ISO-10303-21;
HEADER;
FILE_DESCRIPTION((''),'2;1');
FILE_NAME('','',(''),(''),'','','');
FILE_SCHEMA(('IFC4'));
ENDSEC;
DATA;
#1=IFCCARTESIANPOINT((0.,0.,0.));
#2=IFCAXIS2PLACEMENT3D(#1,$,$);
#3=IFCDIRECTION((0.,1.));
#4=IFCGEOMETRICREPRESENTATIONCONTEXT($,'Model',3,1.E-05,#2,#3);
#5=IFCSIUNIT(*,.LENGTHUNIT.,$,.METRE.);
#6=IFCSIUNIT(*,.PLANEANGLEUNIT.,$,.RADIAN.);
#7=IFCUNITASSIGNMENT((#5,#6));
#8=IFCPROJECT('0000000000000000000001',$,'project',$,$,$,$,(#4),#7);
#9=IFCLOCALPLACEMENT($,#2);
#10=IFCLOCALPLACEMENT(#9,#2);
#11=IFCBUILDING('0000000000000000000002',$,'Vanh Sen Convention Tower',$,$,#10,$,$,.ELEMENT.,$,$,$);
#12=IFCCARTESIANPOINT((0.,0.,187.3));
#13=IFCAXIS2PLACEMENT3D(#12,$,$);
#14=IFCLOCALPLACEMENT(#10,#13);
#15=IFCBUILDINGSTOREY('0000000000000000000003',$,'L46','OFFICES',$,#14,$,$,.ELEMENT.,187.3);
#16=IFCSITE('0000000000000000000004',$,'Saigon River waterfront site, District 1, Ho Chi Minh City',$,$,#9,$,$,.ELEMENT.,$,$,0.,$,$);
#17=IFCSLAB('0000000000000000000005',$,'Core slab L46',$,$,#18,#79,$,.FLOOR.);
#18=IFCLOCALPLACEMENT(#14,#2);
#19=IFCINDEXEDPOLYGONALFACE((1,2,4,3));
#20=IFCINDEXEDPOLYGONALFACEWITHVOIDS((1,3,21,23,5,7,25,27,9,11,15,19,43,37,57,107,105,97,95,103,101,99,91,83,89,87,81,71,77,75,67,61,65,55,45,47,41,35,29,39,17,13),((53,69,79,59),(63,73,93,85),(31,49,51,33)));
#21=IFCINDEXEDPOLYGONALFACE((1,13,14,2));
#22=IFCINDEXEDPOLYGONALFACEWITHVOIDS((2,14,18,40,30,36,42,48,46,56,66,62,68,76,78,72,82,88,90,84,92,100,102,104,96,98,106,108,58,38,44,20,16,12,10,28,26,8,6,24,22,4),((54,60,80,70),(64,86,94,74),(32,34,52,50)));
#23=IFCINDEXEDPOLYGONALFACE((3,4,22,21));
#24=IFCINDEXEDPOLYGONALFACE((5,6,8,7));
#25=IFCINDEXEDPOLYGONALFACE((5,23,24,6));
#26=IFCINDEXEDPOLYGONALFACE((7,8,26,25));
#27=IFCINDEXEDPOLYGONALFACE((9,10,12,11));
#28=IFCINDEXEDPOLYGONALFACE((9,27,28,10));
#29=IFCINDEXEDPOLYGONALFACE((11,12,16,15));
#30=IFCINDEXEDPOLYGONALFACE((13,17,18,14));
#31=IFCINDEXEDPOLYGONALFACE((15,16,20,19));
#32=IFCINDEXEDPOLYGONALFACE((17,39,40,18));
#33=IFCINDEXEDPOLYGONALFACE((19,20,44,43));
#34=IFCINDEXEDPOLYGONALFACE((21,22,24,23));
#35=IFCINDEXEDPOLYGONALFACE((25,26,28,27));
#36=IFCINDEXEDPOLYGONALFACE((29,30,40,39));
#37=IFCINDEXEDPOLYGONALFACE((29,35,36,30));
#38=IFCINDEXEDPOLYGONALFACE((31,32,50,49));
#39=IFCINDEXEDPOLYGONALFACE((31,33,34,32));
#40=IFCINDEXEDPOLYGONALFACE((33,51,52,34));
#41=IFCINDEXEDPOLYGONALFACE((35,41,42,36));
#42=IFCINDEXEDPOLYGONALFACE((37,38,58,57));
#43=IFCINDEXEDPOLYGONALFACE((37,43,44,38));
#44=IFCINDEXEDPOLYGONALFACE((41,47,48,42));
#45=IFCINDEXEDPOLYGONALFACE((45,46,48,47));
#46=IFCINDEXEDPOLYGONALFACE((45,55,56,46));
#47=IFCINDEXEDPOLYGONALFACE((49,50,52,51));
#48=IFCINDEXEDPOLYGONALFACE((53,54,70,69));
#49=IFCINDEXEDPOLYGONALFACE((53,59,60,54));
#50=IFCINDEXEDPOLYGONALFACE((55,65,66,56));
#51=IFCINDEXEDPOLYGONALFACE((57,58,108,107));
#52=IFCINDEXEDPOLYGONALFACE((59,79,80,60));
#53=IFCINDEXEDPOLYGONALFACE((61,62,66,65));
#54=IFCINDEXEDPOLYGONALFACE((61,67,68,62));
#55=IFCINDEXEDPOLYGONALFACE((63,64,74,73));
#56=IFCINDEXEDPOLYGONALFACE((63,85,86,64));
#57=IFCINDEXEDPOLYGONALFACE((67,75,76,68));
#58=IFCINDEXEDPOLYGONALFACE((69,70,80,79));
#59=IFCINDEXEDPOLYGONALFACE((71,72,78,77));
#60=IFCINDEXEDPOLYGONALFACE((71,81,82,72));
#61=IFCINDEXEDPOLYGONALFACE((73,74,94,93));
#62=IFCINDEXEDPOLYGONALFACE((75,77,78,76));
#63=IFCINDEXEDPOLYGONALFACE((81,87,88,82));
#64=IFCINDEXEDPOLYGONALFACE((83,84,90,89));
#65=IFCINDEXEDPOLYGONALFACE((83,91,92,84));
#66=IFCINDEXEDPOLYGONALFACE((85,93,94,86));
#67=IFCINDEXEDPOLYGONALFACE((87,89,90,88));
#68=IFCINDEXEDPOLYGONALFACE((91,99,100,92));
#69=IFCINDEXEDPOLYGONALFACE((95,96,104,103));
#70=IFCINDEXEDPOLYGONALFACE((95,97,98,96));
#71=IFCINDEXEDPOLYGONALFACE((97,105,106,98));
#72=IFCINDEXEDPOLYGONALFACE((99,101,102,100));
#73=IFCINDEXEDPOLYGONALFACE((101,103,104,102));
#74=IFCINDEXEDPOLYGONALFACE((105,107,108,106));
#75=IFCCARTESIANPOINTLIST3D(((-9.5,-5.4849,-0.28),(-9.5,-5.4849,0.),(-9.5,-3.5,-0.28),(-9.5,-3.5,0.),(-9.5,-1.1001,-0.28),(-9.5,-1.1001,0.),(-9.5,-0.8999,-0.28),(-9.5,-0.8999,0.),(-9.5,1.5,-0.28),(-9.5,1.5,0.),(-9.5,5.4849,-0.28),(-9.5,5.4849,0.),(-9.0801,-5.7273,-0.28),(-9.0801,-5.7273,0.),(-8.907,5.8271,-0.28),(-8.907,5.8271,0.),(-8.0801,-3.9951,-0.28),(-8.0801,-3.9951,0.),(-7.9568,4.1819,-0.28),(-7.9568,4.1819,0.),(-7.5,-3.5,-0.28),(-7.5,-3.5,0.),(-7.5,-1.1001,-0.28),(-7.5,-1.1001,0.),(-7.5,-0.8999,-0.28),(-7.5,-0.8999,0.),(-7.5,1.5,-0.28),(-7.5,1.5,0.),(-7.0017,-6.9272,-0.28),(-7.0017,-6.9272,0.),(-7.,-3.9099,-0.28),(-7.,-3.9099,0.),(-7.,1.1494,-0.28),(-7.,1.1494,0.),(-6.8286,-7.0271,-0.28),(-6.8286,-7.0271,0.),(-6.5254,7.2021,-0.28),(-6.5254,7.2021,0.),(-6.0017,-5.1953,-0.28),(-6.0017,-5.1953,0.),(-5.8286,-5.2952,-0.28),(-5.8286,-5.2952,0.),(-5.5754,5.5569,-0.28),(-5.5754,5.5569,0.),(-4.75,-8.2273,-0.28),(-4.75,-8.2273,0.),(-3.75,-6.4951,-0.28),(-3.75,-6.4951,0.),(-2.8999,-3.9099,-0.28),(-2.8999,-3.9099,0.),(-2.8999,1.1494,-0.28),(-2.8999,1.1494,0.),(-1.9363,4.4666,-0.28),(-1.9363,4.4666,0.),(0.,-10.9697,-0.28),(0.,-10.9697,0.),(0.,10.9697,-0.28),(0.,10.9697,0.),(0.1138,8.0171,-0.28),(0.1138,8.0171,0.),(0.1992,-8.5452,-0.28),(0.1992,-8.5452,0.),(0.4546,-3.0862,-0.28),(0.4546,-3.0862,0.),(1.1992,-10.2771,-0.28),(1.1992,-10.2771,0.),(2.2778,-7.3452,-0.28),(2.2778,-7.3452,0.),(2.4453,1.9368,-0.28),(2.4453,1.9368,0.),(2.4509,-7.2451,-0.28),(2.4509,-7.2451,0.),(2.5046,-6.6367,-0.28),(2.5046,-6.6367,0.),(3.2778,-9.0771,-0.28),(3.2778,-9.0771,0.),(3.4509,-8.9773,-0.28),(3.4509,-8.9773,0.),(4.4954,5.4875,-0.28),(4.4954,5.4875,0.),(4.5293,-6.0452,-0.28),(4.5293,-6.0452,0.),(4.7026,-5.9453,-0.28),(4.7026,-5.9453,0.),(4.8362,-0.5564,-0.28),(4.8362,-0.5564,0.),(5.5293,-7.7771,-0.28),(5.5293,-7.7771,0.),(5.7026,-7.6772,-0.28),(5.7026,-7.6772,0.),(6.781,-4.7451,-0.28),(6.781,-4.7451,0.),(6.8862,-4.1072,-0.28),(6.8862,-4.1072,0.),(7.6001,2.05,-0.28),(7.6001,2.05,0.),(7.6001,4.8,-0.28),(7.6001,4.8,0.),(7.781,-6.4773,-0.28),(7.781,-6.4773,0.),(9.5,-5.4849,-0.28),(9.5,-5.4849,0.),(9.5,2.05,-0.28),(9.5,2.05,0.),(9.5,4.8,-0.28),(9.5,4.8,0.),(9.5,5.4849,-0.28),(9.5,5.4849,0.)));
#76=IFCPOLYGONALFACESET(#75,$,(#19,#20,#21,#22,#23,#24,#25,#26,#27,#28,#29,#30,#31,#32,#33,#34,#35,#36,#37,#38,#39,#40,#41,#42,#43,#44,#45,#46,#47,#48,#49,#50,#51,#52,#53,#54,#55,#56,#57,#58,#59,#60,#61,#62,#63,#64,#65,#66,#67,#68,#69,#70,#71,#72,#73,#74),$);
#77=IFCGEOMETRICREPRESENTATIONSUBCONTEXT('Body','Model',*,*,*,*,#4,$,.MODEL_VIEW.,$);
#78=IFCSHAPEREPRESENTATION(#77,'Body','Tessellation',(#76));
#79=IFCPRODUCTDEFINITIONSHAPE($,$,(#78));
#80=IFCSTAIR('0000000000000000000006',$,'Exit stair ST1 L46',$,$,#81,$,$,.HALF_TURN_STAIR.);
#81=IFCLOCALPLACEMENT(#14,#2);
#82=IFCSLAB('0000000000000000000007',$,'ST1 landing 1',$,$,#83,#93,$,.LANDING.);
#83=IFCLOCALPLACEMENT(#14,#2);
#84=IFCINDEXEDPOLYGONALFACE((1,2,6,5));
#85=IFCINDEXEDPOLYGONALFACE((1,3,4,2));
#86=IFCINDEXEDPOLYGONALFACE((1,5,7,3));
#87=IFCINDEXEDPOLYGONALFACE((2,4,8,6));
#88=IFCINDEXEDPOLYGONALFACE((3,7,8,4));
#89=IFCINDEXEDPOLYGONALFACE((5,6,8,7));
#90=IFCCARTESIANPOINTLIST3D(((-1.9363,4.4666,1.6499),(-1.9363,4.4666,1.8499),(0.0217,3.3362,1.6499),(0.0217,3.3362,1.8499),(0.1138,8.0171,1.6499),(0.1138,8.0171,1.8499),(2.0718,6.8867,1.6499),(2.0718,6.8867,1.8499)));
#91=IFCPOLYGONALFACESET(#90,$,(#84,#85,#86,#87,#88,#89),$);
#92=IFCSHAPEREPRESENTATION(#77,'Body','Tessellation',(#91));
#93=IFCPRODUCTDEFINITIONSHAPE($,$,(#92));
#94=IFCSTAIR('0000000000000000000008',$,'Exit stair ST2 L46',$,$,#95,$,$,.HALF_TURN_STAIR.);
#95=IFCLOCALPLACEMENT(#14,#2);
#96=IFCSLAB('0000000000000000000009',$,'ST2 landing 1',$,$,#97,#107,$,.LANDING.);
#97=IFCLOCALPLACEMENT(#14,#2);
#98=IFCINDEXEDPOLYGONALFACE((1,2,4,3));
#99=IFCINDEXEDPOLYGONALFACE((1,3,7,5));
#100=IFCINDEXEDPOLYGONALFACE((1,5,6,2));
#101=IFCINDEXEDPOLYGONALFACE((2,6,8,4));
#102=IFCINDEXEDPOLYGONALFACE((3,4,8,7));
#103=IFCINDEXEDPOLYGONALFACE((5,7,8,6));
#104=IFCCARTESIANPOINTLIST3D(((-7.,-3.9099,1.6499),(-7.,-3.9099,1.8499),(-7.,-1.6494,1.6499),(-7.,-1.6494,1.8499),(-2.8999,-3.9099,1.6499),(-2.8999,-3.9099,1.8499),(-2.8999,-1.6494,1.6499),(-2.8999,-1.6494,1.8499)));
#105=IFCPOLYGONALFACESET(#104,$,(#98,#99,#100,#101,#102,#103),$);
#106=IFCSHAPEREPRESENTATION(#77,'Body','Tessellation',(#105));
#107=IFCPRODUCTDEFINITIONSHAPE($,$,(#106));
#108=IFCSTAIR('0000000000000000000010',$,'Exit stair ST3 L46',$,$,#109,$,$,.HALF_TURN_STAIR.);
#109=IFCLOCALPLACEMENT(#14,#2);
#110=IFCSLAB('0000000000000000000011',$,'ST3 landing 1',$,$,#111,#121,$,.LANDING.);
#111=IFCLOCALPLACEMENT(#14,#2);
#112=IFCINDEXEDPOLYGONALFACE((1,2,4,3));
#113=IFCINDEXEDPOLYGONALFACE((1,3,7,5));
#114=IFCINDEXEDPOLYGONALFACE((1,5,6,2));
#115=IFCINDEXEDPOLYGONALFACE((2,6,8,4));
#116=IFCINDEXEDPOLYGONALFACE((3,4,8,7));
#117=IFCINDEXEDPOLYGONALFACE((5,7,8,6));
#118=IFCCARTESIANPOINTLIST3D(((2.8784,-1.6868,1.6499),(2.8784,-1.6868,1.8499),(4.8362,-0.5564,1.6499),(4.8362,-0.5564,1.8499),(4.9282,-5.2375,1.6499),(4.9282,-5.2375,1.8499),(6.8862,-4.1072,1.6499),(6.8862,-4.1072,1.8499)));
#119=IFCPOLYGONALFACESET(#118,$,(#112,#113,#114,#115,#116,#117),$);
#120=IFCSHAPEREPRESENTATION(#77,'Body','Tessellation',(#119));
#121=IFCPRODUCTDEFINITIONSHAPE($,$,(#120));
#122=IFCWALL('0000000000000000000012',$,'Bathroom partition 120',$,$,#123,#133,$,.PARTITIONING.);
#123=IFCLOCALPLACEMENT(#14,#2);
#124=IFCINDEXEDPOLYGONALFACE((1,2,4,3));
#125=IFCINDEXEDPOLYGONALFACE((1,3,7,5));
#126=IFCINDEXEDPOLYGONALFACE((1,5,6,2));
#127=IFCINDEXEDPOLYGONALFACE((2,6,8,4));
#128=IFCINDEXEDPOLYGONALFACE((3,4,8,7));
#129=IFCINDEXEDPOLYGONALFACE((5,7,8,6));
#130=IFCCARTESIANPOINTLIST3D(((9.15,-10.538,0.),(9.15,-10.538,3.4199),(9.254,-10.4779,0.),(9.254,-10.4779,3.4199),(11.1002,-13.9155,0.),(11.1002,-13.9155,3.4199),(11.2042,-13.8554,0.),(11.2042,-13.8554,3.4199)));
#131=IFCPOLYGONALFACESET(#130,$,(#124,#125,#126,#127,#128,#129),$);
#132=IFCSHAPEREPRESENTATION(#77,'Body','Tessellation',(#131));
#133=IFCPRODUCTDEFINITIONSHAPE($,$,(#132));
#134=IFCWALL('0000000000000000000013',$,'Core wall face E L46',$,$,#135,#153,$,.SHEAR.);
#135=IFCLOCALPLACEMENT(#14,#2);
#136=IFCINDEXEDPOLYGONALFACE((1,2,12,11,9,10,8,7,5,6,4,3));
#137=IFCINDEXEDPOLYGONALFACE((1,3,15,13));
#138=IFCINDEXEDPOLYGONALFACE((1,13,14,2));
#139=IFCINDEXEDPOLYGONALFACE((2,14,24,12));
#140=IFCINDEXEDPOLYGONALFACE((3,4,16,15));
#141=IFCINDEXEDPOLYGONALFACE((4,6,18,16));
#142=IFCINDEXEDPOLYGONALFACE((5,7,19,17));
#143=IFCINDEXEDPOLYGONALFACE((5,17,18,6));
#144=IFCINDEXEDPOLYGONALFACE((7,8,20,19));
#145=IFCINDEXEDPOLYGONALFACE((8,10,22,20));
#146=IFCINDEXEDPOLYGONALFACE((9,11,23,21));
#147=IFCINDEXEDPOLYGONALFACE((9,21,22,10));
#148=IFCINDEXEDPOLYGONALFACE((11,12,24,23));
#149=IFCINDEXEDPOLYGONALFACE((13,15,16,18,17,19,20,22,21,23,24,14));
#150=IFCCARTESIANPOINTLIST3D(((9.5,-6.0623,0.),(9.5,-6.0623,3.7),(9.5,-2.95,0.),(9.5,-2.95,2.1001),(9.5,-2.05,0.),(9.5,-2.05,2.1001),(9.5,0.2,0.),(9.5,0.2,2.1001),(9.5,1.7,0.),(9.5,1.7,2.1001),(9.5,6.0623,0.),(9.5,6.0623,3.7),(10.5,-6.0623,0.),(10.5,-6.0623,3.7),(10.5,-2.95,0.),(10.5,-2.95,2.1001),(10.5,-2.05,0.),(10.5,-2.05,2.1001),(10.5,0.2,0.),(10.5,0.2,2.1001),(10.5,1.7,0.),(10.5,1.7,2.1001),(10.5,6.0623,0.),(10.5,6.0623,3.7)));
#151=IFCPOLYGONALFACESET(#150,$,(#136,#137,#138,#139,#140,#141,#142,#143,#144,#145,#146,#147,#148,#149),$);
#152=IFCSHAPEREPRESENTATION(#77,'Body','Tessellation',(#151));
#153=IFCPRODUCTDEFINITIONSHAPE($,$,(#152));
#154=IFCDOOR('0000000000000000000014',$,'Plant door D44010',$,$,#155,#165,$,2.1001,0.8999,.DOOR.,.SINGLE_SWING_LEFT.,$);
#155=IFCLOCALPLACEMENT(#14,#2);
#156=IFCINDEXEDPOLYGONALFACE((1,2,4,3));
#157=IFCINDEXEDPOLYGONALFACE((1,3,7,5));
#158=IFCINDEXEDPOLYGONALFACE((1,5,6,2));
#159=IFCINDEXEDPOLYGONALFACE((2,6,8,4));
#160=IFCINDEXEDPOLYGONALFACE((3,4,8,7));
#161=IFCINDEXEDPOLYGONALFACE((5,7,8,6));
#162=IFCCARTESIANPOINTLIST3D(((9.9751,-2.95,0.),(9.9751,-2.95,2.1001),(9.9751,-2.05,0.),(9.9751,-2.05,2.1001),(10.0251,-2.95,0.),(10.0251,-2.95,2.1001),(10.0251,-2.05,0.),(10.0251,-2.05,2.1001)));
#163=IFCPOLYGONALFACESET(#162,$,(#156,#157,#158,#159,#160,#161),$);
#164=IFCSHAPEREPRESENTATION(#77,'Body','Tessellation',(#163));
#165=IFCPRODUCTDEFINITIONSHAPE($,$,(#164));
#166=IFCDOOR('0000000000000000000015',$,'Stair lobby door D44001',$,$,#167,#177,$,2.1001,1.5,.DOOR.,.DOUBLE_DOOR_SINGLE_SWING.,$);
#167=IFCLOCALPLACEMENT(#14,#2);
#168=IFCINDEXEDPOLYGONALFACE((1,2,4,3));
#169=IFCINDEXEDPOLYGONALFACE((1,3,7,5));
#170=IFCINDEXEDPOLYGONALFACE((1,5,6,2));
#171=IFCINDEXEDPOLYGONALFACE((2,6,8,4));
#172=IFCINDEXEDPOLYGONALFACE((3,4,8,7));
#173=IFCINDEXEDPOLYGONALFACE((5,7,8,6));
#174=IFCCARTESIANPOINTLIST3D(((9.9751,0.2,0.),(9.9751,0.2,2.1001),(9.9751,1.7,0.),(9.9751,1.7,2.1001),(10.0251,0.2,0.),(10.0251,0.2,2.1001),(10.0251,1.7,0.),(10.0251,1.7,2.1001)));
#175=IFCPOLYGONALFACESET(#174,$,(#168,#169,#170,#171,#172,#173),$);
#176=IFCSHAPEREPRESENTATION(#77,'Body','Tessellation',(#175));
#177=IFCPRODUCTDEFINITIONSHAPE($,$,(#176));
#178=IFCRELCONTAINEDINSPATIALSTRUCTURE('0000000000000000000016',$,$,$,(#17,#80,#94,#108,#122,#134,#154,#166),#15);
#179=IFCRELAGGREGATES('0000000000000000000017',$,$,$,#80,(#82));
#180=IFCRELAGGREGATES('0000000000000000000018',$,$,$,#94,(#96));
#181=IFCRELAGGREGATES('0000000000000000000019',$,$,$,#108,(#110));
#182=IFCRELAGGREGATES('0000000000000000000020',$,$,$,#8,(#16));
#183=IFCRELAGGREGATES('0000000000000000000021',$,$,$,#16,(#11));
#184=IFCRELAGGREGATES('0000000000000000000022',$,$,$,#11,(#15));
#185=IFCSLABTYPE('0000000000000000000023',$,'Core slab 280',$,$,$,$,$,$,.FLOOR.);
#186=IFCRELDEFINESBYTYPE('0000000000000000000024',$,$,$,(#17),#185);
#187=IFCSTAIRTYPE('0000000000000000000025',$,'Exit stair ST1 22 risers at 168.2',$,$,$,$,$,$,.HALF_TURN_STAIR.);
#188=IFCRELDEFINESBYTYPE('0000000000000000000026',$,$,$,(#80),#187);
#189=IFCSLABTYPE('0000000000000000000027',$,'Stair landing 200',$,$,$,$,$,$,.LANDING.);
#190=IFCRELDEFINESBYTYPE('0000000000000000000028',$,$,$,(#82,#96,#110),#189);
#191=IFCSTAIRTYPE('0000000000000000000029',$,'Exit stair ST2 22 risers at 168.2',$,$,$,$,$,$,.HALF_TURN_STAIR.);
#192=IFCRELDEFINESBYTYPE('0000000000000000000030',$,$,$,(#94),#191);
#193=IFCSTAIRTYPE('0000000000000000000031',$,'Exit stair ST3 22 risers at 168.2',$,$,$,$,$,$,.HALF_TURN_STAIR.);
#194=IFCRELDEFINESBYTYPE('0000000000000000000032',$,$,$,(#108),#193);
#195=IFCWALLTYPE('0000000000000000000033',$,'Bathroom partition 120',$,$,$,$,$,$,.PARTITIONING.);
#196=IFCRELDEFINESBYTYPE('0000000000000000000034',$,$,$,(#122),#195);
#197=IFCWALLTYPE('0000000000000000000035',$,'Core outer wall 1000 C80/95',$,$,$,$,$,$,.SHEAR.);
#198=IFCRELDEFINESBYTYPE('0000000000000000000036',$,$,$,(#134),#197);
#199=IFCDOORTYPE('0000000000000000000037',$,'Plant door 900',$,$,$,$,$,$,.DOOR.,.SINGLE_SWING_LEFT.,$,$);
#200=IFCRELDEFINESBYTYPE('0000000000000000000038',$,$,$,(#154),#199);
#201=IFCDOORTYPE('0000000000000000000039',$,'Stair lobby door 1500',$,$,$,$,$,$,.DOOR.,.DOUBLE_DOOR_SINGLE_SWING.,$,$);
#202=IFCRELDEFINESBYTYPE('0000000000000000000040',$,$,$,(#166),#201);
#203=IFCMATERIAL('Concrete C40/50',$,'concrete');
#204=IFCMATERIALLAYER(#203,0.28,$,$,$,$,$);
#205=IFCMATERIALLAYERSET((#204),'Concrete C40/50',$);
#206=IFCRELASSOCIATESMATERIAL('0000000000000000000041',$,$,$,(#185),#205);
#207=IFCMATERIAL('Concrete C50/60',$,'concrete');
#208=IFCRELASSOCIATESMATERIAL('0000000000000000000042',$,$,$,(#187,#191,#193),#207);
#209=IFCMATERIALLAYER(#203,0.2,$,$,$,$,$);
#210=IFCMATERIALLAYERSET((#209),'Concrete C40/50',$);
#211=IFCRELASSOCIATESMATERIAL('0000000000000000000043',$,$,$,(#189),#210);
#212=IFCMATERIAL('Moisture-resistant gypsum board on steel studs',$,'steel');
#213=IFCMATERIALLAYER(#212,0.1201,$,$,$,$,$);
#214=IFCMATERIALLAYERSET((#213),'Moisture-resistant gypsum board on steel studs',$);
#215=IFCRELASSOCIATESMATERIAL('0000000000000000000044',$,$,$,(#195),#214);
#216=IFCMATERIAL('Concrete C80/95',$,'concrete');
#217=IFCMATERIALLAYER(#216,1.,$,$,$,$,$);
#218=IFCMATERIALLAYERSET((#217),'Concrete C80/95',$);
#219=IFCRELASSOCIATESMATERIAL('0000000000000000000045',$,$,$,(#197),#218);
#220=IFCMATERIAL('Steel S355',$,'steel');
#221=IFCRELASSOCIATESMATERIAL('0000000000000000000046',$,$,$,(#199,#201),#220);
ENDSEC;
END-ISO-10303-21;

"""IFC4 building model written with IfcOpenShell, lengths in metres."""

from ifc_helpers import new_model, si_unit, direction, frame, frame_2d, origin, place, context, subcontext, project, spatial, polyline, rectangle, outline, extrude, material, layer, layer_set, type_object, element, fill, aggregate, save


model = new_model("IFC4")

# Units and contexts
model_context = context("Model", 3, precision=1e-05, world=origin(), true_north=direction((0.0, 1.0)))
body_context = subcontext(model_context, "Body", "Model", "MODEL_VIEW")
ifc_project = project(units=[si_unit("LENGTHUNIT", "METRE"), si_unit("PLANEANGLEUNIT", "RADIAN")], contexts=[model_context])

# Site, building, storey
site_placement = place(None, origin())
site = spatial("IfcSite", under=ifc_project, at=site_placement, Name="Saigon River waterfront site, District 1, Ho Chi Minh City", CompositionType="ELEMENT", RefElevation=0.0)
building_placement = place(site_placement, origin())
building = spatial("IfcBuilding", under=site, at=building_placement, Name="Vanh Sen Convention Tower", CompositionType="ELEMENT")
storey_placement = place(building_placement, frame((0.0, 0.0, 187.3)))
storey = spatial("IfcBuildingStorey", under=building, at=storey_placement, Name="L46", Description="OFFICES", CompositionType="ELEMENT", Elevation=187.3)

# Slab
ifc_material_1 = material(Name="Concrete C40/50", Category="concrete")
ifc_layer_1 = layer(ifc_material_1, 0.28)
ifc_layer_set_1 = layer_set([ifc_layer_1], Name="Concrete C40/50")
slab_type_1 = type_object("IfcSlabType", Name="Core slab 280", PredefinedType="FLOOR", material=ifc_layer_set_1)
slab_1_placement = place(storey_placement, frame((0.0, 0.0, -0.28)))
element("IfcSlab", 1, at=slab_1_placement, inside=storey, type_object=slab_type_1, Name="Core slab L46", PredefinedType="FLOOR", context=body_context, shape_type="SweptSolid", body=[
    extrude(outline(polyline([(0.0, 10.9697), (9.5, 5.4849), (9.5, 4.8), (7.6001, 4.8), (7.6001, 2.05), (9.5, 2.05), (9.5, -5.4849), (7.781, -6.4773), (6.781, -4.7451), (4.7026, -5.9453), (5.7026, -7.6772), (5.5293, -7.7771), (4.5293, -6.0452), (2.4509, -7.2451), (3.4509, -8.9773), (3.2778, -9.0771), (2.2778, -7.3452), (0.1992, -8.5452), (1.1992, -10.2771), (0.0, -10.9697), (-4.75, -8.2273), (-3.75, -6.4951), (-5.8286, -5.2952), (-6.8286, -7.0271), (-7.0017, -6.9272), (-6.0017, -5.1953), (-8.0801, -3.9951), (-9.0801, -5.7273), (-9.5, -5.4849), (-9.5, -3.5), (-7.5, -3.5), (-7.5, -1.1001), (-9.5, -1.1001), (-9.5, -0.8999), (-7.5, -0.8999), (-7.5, 1.5), (-9.5, 1.5), (-9.5, 5.4849), (-8.907, 5.8271), (-7.9568, 4.1819), (-5.5754, 5.5569), (-6.5254, 7.2021), (0.0, 10.9697)]), holes=[polyline([(-7.0, 1.1494), (-7.0, -3.9099), (-2.8999, -3.9099), (-2.8999, 1.1494), (-7.0, 1.1494)]), polyline([(2.5046, -6.6367), (6.8862, -4.1072), (4.8362, -0.5564), (0.4546, -3.0862), (2.5046, -6.6367)]), polyline([(0.1138, 8.0171), (-1.9363, 4.4666), (2.4453, 1.9368), (4.4954, 5.4875), (0.1138, 8.0171)])]), origin(), (0.0, 0.0, 1.0), 0.28),
])

# Stairs, slabs
ifc_material_2 = material(Name="Concrete C50/60", Category="concrete")
stair_type_1 = type_object("IfcStairType", Name="Exit stair ST1 22 risers at 168.2", PredefinedType="HALF_TURN_STAIR", material=ifc_material_2)
stair_1_placement = place(storey_placement, origin())
stair_1 = element("IfcStair", 2, at=stair_1_placement, inside=storey, type_object=stair_type_1, Name="Exit stair ST1 L46", PredefinedType="HALF_TURN_STAIR")
ifc_layer_2 = layer(ifc_material_1, 0.2)
ifc_layer_set_2 = layer_set([ifc_layer_2], Name="Concrete C40/50")
slab_type_2 = type_object("IfcSlabType", Name="Stair landing 200", PredefinedType="LANDING", material=ifc_layer_set_2)
slab_2_placement = place(storey_placement, frame((0.0, 0.0, 1.6499)))
slab_2 = element("IfcSlab", 3, at=slab_2_placement, type_object=slab_type_2, Name="ST1 landing 1", PredefinedType="LANDING", context=body_context, shape_type="SweptSolid", body=[
    extrude(outline(polyline([(2.0718, 6.8867), (0.1138, 8.0171), (-1.9363, 4.4666), (0.0217, 3.3362), (2.0718, 6.8867)])), origin(), (0.0, 0.0, 1.0), 0.2),
])
aggregate(stair_1, [slab_2])
stair_type_2 = type_object("IfcStairType", Name="Exit stair ST2 22 risers at 168.2", PredefinedType="HALF_TURN_STAIR", material=ifc_material_2)
stair_2_placement = place(storey_placement, origin())
stair_2 = element("IfcStair", 4, at=stair_2_placement, inside=storey, type_object=stair_type_2, Name="Exit stair ST2 L46", PredefinedType="HALF_TURN_STAIR")
slab_3_placement = place(storey_placement, frame((0.0, 0.0, 1.6499)))
slab_3 = element("IfcSlab", 5, at=slab_3_placement, type_object=slab_type_2, Name="ST2 landing 1", PredefinedType="LANDING", context=body_context, shape_type="SweptSolid", body=[
    extrude(outline(polyline([(-7.0, -1.6494), (-7.0, -3.9099), (-2.8999, -3.9099), (-2.8999, -1.6494), (-7.0, -1.6494)])), origin(), (0.0, 0.0, 1.0), 0.2),
])
aggregate(stair_2, [slab_3])
stair_type_3 = type_object("IfcStairType", Name="Exit stair ST3 22 risers at 168.2", PredefinedType="HALF_TURN_STAIR", material=ifc_material_2)
stair_3_placement = place(storey_placement, origin())
stair_3 = element("IfcStair", 6, at=stair_3_placement, inside=storey, type_object=stair_type_3, Name="Exit stair ST3 L46", PredefinedType="HALF_TURN_STAIR")
slab_4_placement = place(storey_placement, frame((0.0, 0.0, 1.6499)))
slab_4 = element("IfcSlab", 7, at=slab_4_placement, type_object=slab_type_2, Name="ST3 landing 1", PredefinedType="LANDING", context=body_context, shape_type="SweptSolid", body=[
    extrude(outline(polyline([(4.9282, -5.2375), (6.8862, -4.1072), (4.8362, -0.5564), (2.8784, -1.6868), (4.9282, -5.2375)])), origin(), (0.0, 0.0, 1.0), 0.2),
])
aggregate(stair_3, [slab_4])

# Wall
ifc_material_3 = material(Name="Moisture-resistant gypsum board on steel studs", Category="steel")
ifc_layer_3 = layer(ifc_material_3, 0.1201)
ifc_layer_set_3 = layer_set([ifc_layer_3], Name="Moisture-resistant gypsum board on steel studs")
wall_type_1 = type_object("IfcWallType", Name="Bathroom partition 120", PredefinedType="PARTITIONING", material=ifc_layer_set_3)
wall_1_placement = place(storey_placement, frame((9.2019, -10.5078, 0.0), z_axis=(0.0, 0.0, 1.0), x_axis=(0.500044, -0.866, 0.0)))
element("IfcWall", 8, at=wall_1_placement, inside=storey, type_object=wall_type_1, Name="Bathroom partition 120", PredefinedType="PARTITIONING", context=body_context, shape_type="SweptSolid", body=[
    extrude(rectangle(XDim=3.9001, YDim=0.1201, at=frame_2d((1.9502, 0.0))), origin(), (0.0, 0.0, 1.0), 3.4199),
])

# Wall, openings, doors
ifc_material_4 = material(Name="Concrete C80/95", Category="concrete")
ifc_layer_4 = layer(ifc_material_4, 1.0)
ifc_layer_set_4 = layer_set([ifc_layer_4], Name="Concrete C80/95")
wall_type_2 = type_object("IfcWallType", Name="Core outer wall 1000 C80/95", PredefinedType="SHEAR", material=ifc_layer_set_4)
wall_2_placement = place(storey_placement, frame((10.0, -6.0623, 0.0), z_axis=(0.0, 0.0, 1.0), x_axis=(0.0, 1.0, 0.0)))
wall_2 = element("IfcWall", 9, at=wall_2_placement, inside=storey, type_object=wall_type_2, Name="Core wall face E L46", PredefinedType="SHEAR", context=body_context, shape_type="SweptSolid", body=[
    extrude(rectangle(XDim=12.1245, YDim=1.0, at=frame_2d((6.0623, 0.0))), origin(), (0.0, 0.0, 1.0), 3.7),
])
opening_1_placement = place(wall_2_placement, frame((6.2622, 0.0, 0.0)))
opening_1 = element("IfcOpeningElement", 10, at=opening_1_placement, cuts=wall_2, PredefinedType="OPENING", context=body_context, shape_type="SweptSolid", body=[
    extrude(rectangle(XDim=1.5, YDim=2.1001, at=frame_2d((0.75, 1.05))), frame((0.0, 0.51, 0.0), z_axis=(0.0, -1.0, 0.0), x_axis=(1.0, 0.0, 0.0)), (0.0, 0.0, 1.0), 1.02),
])
opening_2_placement = place(wall_2_placement, frame((3.1123, 0.0, 0.0)))
opening_2 = element("IfcOpeningElement", 11, at=opening_2_placement, cuts=wall_2, PredefinedType="OPENING", context=body_context, shape_type="SweptSolid", body=[
    extrude(rectangle(XDim=0.8999, YDim=2.1001, at=frame_2d((0.45, 1.05))), frame((0.0, 0.51, 0.0), z_axis=(0.0, -1.0, 0.0), x_axis=(1.0, 0.0, 0.0)), (0.0, 0.0, 1.0), 1.02),
])
ifc_material_5 = material(Name="Steel S355", Category="steel")
door_type_1 = type_object("IfcDoorType", Name="Plant door 900", OperationType="SINGLE_SWING_LEFT", PredefinedType="DOOR", material=ifc_material_5)
door_1_placement = place(opening_2_placement, origin())
door_1 = element("IfcDoor", 12, at=door_1_placement, inside=storey, type_object=door_type_1, Name="Plant door D44010", OperationType="SINGLE_SWING_LEFT", OverallHeight=2.1001, OverallWidth=0.8999, PredefinedType="DOOR", context=body_context, shape_type="SweptSolid", body=[
    extrude(rectangle(XDim=0.8999, YDim=2.1001, at=frame_2d((0.45, 1.05))), frame((0.0, 0.0249, 0.0), z_axis=(0.0, -1.0, 0.0), x_axis=(1.0, 0.0, 0.0)), (0.0, 0.0, 1.0), 0.05),
])
fill(opening_2, door_1)
door_type_2 = type_object("IfcDoorType", Name="Stair lobby door 1500", OperationType="DOUBLE_DOOR_SINGLE_SWING", PredefinedType="DOOR", material=ifc_material_5)
door_2_placement = place(opening_1_placement, origin())
door_2 = element("IfcDoor", 13, at=door_2_placement, inside=storey, type_object=door_type_2, Name="Stair lobby door D44001", OperationType="DOUBLE_DOOR_SINGLE_SWING", OverallHeight=2.1001, OverallWidth=1.5, PredefinedType="DOOR", context=body_context, shape_type="SweptSolid", body=[
    extrude(rectangle(XDim=1.5, YDim=2.1001, at=frame_2d((0.75, 1.05))), frame((0.0, 0.0249, 0.0), z_axis=(0.0, -1.0, 0.0), x_axis=(1.0, 0.0, 0.0)), (0.0, 0.0, 1.0), 0.05),
])
fill(opening_1, door_2)

save(model, "model.ifc")
